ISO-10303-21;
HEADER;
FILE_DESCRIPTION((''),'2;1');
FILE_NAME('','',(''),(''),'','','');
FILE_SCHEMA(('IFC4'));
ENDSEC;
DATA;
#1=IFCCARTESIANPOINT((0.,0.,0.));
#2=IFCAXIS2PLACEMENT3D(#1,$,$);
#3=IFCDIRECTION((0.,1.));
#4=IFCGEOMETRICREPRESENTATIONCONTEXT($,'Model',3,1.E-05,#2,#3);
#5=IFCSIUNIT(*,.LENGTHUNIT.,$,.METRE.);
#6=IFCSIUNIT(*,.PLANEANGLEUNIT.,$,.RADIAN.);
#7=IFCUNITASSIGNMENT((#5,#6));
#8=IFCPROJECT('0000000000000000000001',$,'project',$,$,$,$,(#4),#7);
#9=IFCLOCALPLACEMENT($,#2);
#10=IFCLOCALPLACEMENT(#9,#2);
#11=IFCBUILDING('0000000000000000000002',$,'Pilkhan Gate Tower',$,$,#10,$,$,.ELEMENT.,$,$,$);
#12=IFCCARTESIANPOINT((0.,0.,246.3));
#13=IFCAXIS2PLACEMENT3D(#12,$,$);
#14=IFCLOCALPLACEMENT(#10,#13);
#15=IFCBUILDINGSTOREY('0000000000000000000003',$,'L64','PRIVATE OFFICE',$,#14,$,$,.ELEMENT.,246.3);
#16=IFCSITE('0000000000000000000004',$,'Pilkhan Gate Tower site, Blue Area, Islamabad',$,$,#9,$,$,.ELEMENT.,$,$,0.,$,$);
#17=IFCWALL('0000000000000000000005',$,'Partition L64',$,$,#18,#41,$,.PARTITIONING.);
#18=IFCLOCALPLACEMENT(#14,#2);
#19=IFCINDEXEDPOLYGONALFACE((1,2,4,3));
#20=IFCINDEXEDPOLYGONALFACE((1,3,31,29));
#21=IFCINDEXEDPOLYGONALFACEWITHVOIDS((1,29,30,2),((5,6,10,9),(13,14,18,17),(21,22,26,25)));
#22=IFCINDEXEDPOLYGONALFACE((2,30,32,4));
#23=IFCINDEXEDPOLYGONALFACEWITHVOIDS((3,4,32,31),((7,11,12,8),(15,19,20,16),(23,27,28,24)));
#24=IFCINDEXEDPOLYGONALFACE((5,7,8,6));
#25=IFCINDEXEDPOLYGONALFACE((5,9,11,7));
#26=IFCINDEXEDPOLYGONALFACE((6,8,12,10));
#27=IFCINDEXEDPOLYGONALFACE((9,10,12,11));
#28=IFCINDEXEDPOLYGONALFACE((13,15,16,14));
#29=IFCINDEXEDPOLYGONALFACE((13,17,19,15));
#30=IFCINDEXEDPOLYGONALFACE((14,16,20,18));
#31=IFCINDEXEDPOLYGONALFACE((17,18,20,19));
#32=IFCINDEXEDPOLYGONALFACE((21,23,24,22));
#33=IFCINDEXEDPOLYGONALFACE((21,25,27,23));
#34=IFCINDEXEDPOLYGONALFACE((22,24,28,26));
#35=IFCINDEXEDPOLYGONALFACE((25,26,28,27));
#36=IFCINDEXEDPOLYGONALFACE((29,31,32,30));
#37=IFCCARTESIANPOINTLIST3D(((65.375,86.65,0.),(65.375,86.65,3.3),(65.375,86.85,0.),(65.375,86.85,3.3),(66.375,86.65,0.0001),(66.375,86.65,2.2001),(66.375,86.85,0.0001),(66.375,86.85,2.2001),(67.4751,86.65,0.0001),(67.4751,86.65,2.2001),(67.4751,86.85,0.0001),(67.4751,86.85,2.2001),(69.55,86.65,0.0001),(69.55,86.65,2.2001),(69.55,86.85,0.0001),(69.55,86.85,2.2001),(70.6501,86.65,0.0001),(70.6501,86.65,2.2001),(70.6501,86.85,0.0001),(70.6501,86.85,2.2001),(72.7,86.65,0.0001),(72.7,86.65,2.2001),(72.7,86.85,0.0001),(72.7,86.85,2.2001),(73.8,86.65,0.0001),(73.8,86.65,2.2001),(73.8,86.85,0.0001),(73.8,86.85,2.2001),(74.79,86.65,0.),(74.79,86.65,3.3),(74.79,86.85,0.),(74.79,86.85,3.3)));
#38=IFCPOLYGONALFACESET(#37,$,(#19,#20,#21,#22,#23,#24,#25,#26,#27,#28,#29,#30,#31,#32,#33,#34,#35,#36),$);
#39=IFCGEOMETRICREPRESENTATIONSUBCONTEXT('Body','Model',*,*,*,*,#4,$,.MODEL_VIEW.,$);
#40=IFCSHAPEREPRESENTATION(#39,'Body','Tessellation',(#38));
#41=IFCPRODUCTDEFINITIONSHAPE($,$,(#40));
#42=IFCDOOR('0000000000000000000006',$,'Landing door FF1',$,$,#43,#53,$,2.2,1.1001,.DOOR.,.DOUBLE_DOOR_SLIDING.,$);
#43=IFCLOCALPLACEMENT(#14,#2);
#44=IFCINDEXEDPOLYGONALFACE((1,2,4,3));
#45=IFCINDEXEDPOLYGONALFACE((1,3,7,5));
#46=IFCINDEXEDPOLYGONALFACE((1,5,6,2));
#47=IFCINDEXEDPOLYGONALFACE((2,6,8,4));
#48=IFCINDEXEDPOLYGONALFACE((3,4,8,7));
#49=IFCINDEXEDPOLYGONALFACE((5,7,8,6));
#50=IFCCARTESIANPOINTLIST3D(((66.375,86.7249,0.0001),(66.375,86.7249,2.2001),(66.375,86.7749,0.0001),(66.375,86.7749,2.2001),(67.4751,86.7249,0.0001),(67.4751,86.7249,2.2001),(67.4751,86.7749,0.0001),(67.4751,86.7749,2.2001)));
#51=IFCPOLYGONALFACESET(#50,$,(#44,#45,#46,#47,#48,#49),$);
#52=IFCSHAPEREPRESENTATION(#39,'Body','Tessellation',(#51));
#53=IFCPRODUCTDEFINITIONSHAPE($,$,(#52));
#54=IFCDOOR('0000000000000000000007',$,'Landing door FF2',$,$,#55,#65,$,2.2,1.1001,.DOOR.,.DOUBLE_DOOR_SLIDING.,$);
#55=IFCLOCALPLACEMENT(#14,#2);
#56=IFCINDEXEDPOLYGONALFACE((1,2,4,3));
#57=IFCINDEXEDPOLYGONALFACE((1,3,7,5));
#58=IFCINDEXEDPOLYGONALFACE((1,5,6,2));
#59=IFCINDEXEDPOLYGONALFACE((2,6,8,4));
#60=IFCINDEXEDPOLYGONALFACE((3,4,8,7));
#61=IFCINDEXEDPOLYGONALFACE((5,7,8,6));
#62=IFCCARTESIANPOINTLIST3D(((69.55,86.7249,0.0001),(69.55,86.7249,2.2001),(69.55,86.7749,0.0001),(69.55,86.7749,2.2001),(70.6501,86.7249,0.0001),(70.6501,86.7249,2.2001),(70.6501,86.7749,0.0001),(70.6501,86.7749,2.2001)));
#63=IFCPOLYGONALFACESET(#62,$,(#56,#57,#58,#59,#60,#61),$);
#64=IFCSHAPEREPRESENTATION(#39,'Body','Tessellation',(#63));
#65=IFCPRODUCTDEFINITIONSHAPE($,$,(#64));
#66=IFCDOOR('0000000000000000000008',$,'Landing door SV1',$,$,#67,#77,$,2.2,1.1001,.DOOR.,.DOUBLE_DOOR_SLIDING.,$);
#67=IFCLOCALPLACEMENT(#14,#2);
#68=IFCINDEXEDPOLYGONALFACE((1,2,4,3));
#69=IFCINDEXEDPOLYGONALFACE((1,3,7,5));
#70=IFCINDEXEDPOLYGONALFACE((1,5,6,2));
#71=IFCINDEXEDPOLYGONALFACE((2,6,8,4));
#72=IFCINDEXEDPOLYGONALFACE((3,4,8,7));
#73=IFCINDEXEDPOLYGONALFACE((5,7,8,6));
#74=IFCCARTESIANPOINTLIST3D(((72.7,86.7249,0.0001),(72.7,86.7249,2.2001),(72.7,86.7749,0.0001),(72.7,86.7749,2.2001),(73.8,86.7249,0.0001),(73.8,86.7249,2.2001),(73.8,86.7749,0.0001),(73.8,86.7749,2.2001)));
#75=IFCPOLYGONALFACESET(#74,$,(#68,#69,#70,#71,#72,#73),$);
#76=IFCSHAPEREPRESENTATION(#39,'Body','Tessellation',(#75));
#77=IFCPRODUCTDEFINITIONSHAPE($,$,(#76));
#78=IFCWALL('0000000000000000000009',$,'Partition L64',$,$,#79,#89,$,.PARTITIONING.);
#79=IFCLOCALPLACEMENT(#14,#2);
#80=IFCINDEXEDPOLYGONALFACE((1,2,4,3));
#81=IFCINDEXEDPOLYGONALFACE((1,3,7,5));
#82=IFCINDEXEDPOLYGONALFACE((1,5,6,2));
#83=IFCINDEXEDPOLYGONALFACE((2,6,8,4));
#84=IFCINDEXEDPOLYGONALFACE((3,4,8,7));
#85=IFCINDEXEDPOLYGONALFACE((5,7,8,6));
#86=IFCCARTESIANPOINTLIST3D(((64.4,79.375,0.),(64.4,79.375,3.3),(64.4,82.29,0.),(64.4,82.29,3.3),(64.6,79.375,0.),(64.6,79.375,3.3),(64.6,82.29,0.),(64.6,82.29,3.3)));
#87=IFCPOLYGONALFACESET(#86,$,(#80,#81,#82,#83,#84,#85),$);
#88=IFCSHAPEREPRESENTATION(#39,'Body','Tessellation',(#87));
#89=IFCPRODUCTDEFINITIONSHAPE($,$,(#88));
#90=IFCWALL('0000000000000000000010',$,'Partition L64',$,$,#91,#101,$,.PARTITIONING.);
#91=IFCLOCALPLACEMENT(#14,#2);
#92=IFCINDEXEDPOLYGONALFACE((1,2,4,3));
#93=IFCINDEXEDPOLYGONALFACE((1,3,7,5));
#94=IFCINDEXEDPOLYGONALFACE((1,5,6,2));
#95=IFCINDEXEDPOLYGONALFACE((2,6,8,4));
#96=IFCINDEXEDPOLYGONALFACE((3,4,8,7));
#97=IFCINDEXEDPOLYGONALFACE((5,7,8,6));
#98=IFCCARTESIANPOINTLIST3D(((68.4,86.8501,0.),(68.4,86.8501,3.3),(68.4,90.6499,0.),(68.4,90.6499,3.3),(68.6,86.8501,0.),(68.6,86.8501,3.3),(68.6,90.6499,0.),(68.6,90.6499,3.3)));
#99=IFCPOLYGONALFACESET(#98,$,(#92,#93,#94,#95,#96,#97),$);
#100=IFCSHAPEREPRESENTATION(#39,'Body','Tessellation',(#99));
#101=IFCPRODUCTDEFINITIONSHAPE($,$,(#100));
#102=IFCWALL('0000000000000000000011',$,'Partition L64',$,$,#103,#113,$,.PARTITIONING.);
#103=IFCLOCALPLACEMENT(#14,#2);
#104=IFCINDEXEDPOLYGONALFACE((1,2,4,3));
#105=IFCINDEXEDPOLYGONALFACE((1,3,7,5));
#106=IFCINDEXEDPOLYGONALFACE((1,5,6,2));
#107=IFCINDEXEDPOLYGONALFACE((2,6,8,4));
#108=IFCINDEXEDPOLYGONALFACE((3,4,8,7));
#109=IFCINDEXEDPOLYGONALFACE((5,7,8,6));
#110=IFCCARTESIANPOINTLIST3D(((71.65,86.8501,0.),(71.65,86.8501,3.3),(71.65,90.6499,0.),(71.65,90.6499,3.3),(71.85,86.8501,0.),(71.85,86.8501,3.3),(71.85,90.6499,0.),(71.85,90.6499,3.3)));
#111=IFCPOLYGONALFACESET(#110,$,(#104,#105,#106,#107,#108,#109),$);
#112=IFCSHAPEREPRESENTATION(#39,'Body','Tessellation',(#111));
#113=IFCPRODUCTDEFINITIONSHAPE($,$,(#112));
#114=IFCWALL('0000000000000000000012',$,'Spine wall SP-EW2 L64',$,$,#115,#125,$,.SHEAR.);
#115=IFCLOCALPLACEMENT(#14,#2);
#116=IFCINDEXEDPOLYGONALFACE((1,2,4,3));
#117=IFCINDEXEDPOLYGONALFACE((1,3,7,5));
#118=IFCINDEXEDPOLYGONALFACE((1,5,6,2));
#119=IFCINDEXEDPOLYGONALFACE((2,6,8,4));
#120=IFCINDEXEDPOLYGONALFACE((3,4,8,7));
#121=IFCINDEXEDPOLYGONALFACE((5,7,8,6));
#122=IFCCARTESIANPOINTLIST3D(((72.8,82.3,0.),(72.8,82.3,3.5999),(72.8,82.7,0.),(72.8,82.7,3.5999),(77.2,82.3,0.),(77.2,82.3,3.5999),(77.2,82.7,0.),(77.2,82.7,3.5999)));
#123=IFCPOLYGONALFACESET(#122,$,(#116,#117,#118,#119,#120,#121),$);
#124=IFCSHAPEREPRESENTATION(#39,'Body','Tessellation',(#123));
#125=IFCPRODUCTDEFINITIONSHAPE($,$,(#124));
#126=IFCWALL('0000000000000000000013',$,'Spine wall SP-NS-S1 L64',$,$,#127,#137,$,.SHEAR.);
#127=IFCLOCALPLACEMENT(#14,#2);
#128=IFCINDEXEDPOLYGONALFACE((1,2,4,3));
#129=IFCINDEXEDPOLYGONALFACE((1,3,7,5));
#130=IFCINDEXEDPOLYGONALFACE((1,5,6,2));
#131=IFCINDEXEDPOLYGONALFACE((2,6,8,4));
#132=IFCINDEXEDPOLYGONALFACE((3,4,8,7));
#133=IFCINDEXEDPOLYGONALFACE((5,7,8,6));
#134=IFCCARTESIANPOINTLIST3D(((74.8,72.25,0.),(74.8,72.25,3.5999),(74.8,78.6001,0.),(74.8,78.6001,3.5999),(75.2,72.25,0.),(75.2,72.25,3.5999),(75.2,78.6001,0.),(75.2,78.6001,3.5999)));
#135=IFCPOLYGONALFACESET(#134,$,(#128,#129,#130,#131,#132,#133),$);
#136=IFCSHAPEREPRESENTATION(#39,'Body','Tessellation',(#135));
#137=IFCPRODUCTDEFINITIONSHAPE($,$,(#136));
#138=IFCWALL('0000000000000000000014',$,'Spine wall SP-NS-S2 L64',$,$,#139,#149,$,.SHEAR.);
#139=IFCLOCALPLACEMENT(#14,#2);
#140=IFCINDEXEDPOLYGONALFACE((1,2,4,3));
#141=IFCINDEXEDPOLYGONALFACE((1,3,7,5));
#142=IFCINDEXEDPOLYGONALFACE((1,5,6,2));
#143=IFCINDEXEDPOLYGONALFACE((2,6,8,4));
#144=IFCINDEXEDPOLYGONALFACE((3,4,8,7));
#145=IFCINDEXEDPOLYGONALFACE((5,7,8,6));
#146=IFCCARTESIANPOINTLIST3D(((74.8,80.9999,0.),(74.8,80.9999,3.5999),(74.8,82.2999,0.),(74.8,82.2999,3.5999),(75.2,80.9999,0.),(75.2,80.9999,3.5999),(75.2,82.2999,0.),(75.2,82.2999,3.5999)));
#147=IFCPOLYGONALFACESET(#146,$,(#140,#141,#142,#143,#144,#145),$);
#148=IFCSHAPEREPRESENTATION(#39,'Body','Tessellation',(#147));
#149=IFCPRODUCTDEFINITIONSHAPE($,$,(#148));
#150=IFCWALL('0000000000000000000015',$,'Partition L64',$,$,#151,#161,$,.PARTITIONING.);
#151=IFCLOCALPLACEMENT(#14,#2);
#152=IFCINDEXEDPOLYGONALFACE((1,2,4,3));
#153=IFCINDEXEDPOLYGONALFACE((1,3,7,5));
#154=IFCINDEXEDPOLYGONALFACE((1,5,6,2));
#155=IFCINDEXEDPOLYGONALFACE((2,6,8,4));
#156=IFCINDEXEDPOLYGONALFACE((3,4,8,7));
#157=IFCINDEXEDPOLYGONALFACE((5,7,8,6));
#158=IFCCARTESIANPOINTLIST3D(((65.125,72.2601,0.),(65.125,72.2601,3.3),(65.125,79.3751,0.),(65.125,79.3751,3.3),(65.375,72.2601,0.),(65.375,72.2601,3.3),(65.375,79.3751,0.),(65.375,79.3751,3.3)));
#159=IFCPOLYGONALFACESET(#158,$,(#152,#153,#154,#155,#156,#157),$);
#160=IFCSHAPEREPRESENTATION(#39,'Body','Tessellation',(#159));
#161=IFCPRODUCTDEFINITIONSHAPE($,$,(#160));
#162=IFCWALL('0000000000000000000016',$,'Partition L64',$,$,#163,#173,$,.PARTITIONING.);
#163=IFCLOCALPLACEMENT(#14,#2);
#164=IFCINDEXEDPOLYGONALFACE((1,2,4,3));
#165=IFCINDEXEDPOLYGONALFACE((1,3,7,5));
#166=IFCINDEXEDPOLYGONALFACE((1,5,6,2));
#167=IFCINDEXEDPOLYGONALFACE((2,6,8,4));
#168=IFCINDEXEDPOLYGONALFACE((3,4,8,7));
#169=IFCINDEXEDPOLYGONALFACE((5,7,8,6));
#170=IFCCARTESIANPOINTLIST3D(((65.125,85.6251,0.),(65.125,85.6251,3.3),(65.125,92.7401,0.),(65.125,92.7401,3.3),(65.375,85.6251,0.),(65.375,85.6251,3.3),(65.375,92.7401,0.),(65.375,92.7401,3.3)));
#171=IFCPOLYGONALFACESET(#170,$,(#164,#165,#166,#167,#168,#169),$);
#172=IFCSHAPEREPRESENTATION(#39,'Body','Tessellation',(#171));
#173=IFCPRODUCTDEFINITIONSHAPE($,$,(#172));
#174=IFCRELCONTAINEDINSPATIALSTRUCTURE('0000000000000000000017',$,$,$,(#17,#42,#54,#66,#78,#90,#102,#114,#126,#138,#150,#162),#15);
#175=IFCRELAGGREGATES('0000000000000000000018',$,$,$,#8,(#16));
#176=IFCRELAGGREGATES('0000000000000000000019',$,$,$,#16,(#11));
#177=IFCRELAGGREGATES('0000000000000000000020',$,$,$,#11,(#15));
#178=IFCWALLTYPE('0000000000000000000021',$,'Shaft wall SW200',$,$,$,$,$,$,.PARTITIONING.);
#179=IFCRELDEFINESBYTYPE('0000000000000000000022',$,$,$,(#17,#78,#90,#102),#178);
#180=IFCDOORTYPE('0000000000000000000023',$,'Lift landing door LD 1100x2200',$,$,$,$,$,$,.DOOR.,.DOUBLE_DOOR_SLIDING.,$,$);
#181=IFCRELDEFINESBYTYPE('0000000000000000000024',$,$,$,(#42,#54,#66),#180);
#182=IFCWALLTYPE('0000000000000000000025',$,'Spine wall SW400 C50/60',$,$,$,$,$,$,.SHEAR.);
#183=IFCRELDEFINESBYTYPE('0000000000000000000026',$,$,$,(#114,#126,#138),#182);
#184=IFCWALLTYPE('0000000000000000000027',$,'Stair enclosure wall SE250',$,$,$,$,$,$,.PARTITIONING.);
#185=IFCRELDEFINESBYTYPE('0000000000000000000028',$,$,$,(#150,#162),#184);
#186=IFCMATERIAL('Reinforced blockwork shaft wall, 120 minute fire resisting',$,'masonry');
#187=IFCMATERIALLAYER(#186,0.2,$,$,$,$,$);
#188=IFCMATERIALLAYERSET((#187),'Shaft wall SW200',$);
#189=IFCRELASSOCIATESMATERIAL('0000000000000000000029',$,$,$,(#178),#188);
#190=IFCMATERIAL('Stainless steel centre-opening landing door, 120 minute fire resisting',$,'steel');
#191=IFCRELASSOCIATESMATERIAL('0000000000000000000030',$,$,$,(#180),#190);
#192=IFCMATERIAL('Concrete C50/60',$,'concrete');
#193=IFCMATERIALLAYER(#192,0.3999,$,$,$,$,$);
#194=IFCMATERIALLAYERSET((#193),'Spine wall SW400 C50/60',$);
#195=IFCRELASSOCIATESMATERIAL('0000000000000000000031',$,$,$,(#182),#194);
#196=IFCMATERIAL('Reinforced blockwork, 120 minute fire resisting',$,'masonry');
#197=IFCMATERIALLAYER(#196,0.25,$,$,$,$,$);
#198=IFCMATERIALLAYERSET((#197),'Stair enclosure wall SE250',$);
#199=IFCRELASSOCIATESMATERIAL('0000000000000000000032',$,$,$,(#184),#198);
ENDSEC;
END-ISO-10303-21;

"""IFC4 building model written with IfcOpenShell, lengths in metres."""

from ifc_helpers import new_model, si_unit, direction, frame, frame_2d, origin, place, context, subcontext, project, spatial, rectangle, extrude, material, layer, layer_set, type_object, element, fill, save


model = new_model("IFC4")

# Units and contexts
model_context = context("Model", 3, precision=1e-05, world=origin(), true_north=direction((0.0, 1.0)))
body_context = subcontext(model_context, "Body", "Model", "MODEL_VIEW")
ifc_project = project(units=[si_unit("LENGTHUNIT", "METRE"), si_unit("PLANEANGLEUNIT", "RADIAN")], contexts=[model_context])

# Site, building, storey
site_placement = place(None, origin())
site = spatial("IfcSite", under=ifc_project, at=site_placement, Name="Pilkhan Gate Tower site, Blue Area, Islamabad", CompositionType="ELEMENT", RefElevation=0.0)
building_placement = place(site_placement, origin())
building = spatial("IfcBuilding", under=site, at=building_placement, Name="Pilkhan Gate Tower", CompositionType="ELEMENT")
storey_placement = place(building_placement, frame((0.0, 0.0, 246.3)))
storey = spatial("IfcBuildingStorey", under=building, at=storey_placement, Name="L64", Description="PRIVATE OFFICE", CompositionType="ELEMENT", Elevation=246.3)

# Shared definitions
ifc_material_1 = material(Name="Concrete C50/60", Category="concrete")

# Wall, openings, doors
ifc_material_2 = material(Name="Reinforced blockwork shaft wall, 120 minute fire resisting", Category="masonry")
ifc_layer_1 = layer(ifc_material_2, 0.2)
ifc_layer_set_1 = layer_set([ifc_layer_1], Name="Shaft wall SW200")
wall_type_1 = type_object("IfcWallType", Name="Shaft wall SW200", PredefinedType="PARTITIONING", material=ifc_layer_set_1)
wall_1_placement = place(storey_placement, frame((65.375, 86.75, 0.0), z_axis=(0.0, 0.0, 1.0), x_axis=(1.0, 0.0, 0.0)))
wall_1 = element("IfcWall", 1, at=wall_1_placement, inside=storey, type_object=wall_type_1, Name="Partition L64", PredefinedType="PARTITIONING", context=body_context, shape_type="SweptSolid", body=[
    extrude(rectangle(XDim=9.415, YDim=0.2, at=frame_2d((4.7075, 0.0))), origin(), (0.0, 0.0, 1.0), 3.3),
])
opening_1_placement = place(wall_1_placement, frame((1.0, 0.0, 0.0)))
opening_1 = element("IfcOpeningElement", 2, at=opening_1_placement, cuts=wall_1, PredefinedType="OPENING", context=body_context, shape_type="SweptSolid", body=[
    extrude(rectangle(XDim=1.1001, YDim=2.2, at=frame_2d((0.55, 1.1001))), frame((0.0, 0.1099, 0.0), z_axis=(0.0, -1.0, 0.0), x_axis=(1.0, 0.0, 0.0)), (0.0, 0.0, 1.0), 0.22),
])
opening_2_placement = place(wall_1_placement, frame((4.175, 0.0, 0.0)))
opening_2 = element("IfcOpeningElement", 3, at=opening_2_placement, cuts=wall_1, PredefinedType="OPENING", context=body_context, shape_type="SweptSolid", body=[
    extrude(rectangle(XDim=1.1001, YDim=2.2, at=frame_2d((0.55, 1.1001))), frame((0.0, 0.1099, 0.0), z_axis=(0.0, -1.0, 0.0), x_axis=(1.0, 0.0, 0.0)), (0.0, 0.0, 1.0), 0.22),
])
opening_3_placement = place(wall_1_placement, frame((7.325, 0.0, 0.0)))
opening_3 = element("IfcOpeningElement", 4, at=opening_3_placement, cuts=wall_1, PredefinedType="OPENING", context=body_context, shape_type="SweptSolid", body=[
    extrude(rectangle(XDim=1.1001, YDim=2.2, at=frame_2d((0.55, 1.1001))), frame((0.0, 0.1099, 0.0), z_axis=(0.0, -1.0, 0.0), x_axis=(1.0, 0.0, 0.0)), (0.0, 0.0, 1.0), 0.22),
])
ifc_material_3 = material(Name="Stainless steel centre-opening landing door, 120 minute fire resisting", Category="steel")
door_type_1 = type_object("IfcDoorType", Name="Lift landing door LD 1100x2200", OperationType="DOUBLE_DOOR_SLIDING", PredefinedType="DOOR", material=ifc_material_3)
door_1_placement = place(opening_1_placement, origin())
door_1 = element("IfcDoor", 5, at=door_1_placement, inside=storey, type_object=door_type_1, Name="Landing door FF1", OperationType="DOUBLE_DOOR_SLIDING", OverallHeight=2.2, OverallWidth=1.1001, PredefinedType="DOOR", context=body_context, shape_type="SweptSolid", body=[
    extrude(rectangle(XDim=1.1001, YDim=2.2, at=frame_2d((0.55, 1.1001))), frame((0.0, 0.0249, 0.0), z_axis=(0.0, -1.0, 0.0), x_axis=(1.0, 0.0, 0.0)), (0.0, 0.0, 1.0), 0.05),
])
fill(opening_1, door_1)
door_2_placement = place(opening_2_placement, origin())
door_2 = element("IfcDoor", 6, at=door_2_placement, inside=storey, type_object=door_type_1, Name="Landing door FF2", OperationType="DOUBLE_DOOR_SLIDING", OverallHeight=2.2, OverallWidth=1.1001, PredefinedType="DOOR", context=body_context, shape_type="SweptSolid", body=[
    extrude(rectangle(XDim=1.1001, YDim=2.2, at=frame_2d((0.55, 1.1001))), frame((0.0, 0.0249, 0.0), z_axis=(0.0, -1.0, 0.0), x_axis=(1.0, 0.0, 0.0)), (0.0, 0.0, 1.0), 0.05),
])
fill(opening_2, door_2)
door_3_placement = place(opening_3_placement, origin())
door_3 = element("IfcDoor", 7, at=door_3_placement, inside=storey, type_object=door_type_1, Name="Landing door SV1", OperationType="DOUBLE_DOOR_SLIDING", OverallHeight=2.2, OverallWidth=1.1001, PredefinedType="DOOR", context=body_context, shape_type="SweptSolid", body=[
    extrude(rectangle(XDim=1.1001, YDim=2.2, at=frame_2d((0.55, 1.1001))), frame((0.0, 0.0249, 0.0), z_axis=(0.0, -1.0, 0.0), x_axis=(1.0, 0.0, 0.0)), (0.0, 0.0, 1.0), 0.05),
])
fill(opening_3, door_3)

# Walls
wall_2_placement = place(storey_placement, frame((64.5, 79.375, 0.0), z_axis=(0.0, 0.0, 1.0), x_axis=(0.0, 1.0, 0.0)))
element("IfcWall", 8, at=wall_2_placement, inside=storey, type_object=wall_type_1, Name="Partition L64", PredefinedType="PARTITIONING", context=body_context, shape_type="SweptSolid", body=[
    extrude(rectangle(XDim=2.915, YDim=0.2, at=frame_2d((1.4575, 0.0))), origin(), (0.0, 0.0, 1.0), 3.3),
])
for number, where, z_axis, x_axis, name in (
    (9, (68.5, 86.8501, 0.0), (0.0, 0.0, 1.0), (0.0, 1.0, 0.0), "Partition L64"),
    (10, (71.75, 86.8501, 0.0), (0.0, 0.0, 1.0), (0.0, 1.0, 0.0), "Partition L64"),
):
    element("IfcWall", number, at=place(storey_placement, frame(where, z_axis=z_axis, x_axis=x_axis)), inside=storey, type_object=wall_type_1, Name=name, PredefinedType="PARTITIONING", context=body_context, shape_type="SweptSolid", body=[
        extrude(rectangle(XDim=3.7998, YDim=0.2, at=frame_2d((1.8999, 0.0))), origin(), (0.0, 0.0, 1.0), 3.3),
    ])
ifc_layer_2 = layer(ifc_material_1, 0.3999)
ifc_layer_set_2 = layer_set([ifc_layer_2], Name="Spine wall SW400 C50/60")
wall_type_2 = type_object("IfcWallType", Name="Spine wall SW400 C50/60", PredefinedType="SHEAR", material=ifc_layer_set_2)
wall_3_placement = place(storey_placement, frame((72.8, 82.5, 0.0), z_axis=(0.0, 0.0, 1.0), x_axis=(1.0, 0.0, 0.0)))
element("IfcWall", 11, at=wall_3_placement, inside=storey, type_object=wall_type_2, Name="Spine wall SP-EW2 L64", PredefinedType="SHEAR", context=body_context, shape_type="SweptSolid", body=[
    extrude(rectangle(XDim=4.3999, YDim=0.3999, at=frame_2d((2.2, 0.0))), origin(), (0.0, 0.0, 1.0), 3.5999),
])
wall_4_placement = place(storey_placement, frame((75.0, 72.25, 0.0), z_axis=(0.0, 0.0, 1.0), x_axis=(0.0, 1.0, 0.0)))
element("IfcWall", 12, at=wall_4_placement, inside=storey, type_object=wall_type_2, Name="Spine wall SP-NS-S1 L64", PredefinedType="SHEAR", context=body_context, shape_type="SweptSolid", body=[
    extrude(rectangle(XDim=6.3501, YDim=0.3999, at=frame_2d((3.175, 0.0))), origin(), (0.0, 0.0, 1.0), 3.5999),
])
wall_5_placement = place(storey_placement, frame((75.0, 81.0, 0.0), z_axis=(0.0, 0.0, 1.0), x_axis=(0.0, 1.0, 0.0)))
element("IfcWall", 13, at=wall_5_placement, inside=storey, type_object=wall_type_2, Name="Spine wall SP-NS-S2 L64", PredefinedType="SHEAR", context=body_context, shape_type="SweptSolid", body=[
    extrude(rectangle(XDim=1.3, YDim=0.3999, at=frame_2d((0.6499, 0.0))), origin(), (0.0, 0.0, 1.0), 3.5999),
])
ifc_material_4 = material(Name="Reinforced blockwork, 120 minute fire resisting", Category="masonry")
ifc_layer_3 = layer(ifc_material_4, 0.25)
ifc_layer_set_3 = layer_set([ifc_layer_3], Name="Stair enclosure wall SE250")
wall_type_3 = type_object("IfcWallType", Name="Stair enclosure wall SE250", PredefinedType="PARTITIONING", material=ifc_layer_set_3)
for number, where, z_axis, x_axis, name in (
    (14, (65.25, 72.26, 0.0), (0.0, 0.0, 1.0), (0.0, 1.0, 0.0), "Partition L64"),
    (15, (65.25, 85.625, 0.0), (0.0, 0.0, 1.0), (0.0, 1.0, 0.0), "Partition L64"),
):
    element("IfcWall", number, at=place(storey_placement, frame(where, z_axis=z_axis, x_axis=x_axis)), inside=storey, type_object=wall_type_3, Name=name, PredefinedType="PARTITIONING", context=body_context, shape_type="SweptSolid", body=[
        extrude(rectangle(XDim=7.115, YDim=0.25, at=frame_2d((3.5576, 0.0))), origin(), (0.0, 0.0, 1.0), 3.3),
    ])

save(model, "model.ifc")
